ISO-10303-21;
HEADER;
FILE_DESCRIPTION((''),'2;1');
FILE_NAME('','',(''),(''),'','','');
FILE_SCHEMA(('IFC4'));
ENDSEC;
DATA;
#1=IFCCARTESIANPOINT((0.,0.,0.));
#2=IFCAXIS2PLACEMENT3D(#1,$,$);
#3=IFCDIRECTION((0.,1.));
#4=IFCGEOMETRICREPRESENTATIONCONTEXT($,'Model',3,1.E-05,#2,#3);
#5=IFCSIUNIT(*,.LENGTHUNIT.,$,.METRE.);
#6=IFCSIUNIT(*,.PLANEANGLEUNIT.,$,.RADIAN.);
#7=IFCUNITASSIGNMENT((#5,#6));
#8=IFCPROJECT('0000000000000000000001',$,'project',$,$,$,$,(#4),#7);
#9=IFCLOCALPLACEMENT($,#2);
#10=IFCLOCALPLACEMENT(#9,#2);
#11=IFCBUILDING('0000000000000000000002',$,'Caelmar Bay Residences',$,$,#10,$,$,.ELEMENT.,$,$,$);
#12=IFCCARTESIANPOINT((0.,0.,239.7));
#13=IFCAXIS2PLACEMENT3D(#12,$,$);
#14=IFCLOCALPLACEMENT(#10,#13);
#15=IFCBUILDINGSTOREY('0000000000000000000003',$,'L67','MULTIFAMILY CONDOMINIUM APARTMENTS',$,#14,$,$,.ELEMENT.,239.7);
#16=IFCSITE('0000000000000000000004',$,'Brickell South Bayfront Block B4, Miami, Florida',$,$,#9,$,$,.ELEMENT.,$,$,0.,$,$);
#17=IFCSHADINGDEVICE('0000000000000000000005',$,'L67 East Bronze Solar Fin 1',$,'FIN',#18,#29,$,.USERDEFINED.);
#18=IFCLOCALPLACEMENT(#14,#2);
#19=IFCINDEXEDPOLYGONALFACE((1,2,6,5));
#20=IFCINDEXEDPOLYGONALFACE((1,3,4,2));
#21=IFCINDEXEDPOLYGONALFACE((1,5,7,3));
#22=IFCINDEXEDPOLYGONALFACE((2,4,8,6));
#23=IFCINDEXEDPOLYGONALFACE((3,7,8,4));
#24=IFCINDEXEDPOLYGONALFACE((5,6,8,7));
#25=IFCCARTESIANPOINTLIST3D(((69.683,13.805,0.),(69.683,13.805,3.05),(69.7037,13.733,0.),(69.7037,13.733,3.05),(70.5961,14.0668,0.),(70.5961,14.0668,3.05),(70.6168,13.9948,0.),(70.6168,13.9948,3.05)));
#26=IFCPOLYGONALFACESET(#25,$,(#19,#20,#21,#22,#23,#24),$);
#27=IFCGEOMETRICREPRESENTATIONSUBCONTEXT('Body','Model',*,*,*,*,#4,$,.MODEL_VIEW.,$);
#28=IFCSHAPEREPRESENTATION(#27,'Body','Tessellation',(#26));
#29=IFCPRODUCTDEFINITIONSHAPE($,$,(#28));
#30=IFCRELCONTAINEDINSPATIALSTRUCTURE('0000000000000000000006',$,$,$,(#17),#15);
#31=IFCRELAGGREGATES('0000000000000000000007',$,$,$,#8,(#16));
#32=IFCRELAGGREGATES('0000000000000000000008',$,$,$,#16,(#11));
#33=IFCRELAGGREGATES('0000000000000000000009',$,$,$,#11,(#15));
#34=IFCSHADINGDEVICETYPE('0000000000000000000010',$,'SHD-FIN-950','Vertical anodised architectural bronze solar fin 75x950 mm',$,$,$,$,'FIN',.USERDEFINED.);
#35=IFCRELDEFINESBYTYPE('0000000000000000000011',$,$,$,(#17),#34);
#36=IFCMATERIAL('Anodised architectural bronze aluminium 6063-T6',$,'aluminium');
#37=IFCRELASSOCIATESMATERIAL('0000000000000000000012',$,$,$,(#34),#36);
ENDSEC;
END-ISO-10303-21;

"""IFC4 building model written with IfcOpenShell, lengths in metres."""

from ifc_helpers import new_model, si_unit, direction, frame, origin, origin_2d, place, context, subcontext, project, spatial, rectangle, extrude, material, material_profile, profile_set, type_object, element, save


model = new_model("IFC4")

# Units and contexts
model_context = context("Model", 3, precision=1e-05, world=origin(), true_north=direction((0.0, 1.0)))
body_context = subcontext(model_context, "Body", "Model", "MODEL_VIEW")
ifc_project = project(units=[si_unit("LENGTHUNIT", "METRE"), si_unit("PLANEANGLEUNIT", "RADIAN")], contexts=[model_context])

# Site, building, storey
site_placement = place(None, origin())
site = spatial("IfcSite", under=ifc_project, at=site_placement, Name="Brickell South Bayfront Block B4, Miami, Florida", CompositionType="ELEMENT", RefElevation=0.0)
building_placement = place(site_placement, origin())
building = spatial("IfcBuilding", under=site, at=building_placement, Name="Caelmar Bay Residences", CompositionType="ELEMENT")
storey_placement = place(building_placement, frame((0.0, 0.0, 239.7)))
storey = spatial("IfcBuildingStorey", under=building, at=storey_placement, Name="L67", Description="MULTIFAMILY CONDOMINIUM APARTMENTS", CompositionType="ELEMENT", Elevation=239.7)

# Shading device
ifc_material_1 = material(Name="Anodised architectural bronze aluminium 6063-T6", Category="aluminium")
ifc_material_profile_1 = material_profile(ifc_material_1, rectangle(XDim=0.075, YDim=0.95, at=origin_2d()), Name="BRONZE-FIN-75X950")
ifc_profile_set_1 = profile_set([ifc_material_profile_1], Name="Anodised architectural bronze aluminium 6063-T6")
shading_device_type = type_object("IfcShadingDeviceType", Name="SHD-FIN-950", Description="Vertical anodised architectural bronze solar fin 75x950 mm", ElementType="FIN", PredefinedType="USERDEFINED", material=ifc_profile_set_1)
shading_device_placement = place(storey_placement, frame((70.1499, 13.8999, 0.0), z_axis=(0.0, 0.0, 1.0), x_axis=(-0.275637, 0.961262, 0.0)))
element("IfcShadingDevice", 1, at=shading_device_placement, inside=storey, type_object=shading_device_type, Name="L67 East Bronze Solar Fin 1", ObjectType="FIN", PredefinedType="USERDEFINED", context=body_context, shape_type="SweptSolid", body=[
    extrude(rectangle(XDim=0.075, YDim=0.95, at=origin_2d()), origin(), (0.0, 0.0, 1.0), 3.05),
])

save(model, "model.ifc")
